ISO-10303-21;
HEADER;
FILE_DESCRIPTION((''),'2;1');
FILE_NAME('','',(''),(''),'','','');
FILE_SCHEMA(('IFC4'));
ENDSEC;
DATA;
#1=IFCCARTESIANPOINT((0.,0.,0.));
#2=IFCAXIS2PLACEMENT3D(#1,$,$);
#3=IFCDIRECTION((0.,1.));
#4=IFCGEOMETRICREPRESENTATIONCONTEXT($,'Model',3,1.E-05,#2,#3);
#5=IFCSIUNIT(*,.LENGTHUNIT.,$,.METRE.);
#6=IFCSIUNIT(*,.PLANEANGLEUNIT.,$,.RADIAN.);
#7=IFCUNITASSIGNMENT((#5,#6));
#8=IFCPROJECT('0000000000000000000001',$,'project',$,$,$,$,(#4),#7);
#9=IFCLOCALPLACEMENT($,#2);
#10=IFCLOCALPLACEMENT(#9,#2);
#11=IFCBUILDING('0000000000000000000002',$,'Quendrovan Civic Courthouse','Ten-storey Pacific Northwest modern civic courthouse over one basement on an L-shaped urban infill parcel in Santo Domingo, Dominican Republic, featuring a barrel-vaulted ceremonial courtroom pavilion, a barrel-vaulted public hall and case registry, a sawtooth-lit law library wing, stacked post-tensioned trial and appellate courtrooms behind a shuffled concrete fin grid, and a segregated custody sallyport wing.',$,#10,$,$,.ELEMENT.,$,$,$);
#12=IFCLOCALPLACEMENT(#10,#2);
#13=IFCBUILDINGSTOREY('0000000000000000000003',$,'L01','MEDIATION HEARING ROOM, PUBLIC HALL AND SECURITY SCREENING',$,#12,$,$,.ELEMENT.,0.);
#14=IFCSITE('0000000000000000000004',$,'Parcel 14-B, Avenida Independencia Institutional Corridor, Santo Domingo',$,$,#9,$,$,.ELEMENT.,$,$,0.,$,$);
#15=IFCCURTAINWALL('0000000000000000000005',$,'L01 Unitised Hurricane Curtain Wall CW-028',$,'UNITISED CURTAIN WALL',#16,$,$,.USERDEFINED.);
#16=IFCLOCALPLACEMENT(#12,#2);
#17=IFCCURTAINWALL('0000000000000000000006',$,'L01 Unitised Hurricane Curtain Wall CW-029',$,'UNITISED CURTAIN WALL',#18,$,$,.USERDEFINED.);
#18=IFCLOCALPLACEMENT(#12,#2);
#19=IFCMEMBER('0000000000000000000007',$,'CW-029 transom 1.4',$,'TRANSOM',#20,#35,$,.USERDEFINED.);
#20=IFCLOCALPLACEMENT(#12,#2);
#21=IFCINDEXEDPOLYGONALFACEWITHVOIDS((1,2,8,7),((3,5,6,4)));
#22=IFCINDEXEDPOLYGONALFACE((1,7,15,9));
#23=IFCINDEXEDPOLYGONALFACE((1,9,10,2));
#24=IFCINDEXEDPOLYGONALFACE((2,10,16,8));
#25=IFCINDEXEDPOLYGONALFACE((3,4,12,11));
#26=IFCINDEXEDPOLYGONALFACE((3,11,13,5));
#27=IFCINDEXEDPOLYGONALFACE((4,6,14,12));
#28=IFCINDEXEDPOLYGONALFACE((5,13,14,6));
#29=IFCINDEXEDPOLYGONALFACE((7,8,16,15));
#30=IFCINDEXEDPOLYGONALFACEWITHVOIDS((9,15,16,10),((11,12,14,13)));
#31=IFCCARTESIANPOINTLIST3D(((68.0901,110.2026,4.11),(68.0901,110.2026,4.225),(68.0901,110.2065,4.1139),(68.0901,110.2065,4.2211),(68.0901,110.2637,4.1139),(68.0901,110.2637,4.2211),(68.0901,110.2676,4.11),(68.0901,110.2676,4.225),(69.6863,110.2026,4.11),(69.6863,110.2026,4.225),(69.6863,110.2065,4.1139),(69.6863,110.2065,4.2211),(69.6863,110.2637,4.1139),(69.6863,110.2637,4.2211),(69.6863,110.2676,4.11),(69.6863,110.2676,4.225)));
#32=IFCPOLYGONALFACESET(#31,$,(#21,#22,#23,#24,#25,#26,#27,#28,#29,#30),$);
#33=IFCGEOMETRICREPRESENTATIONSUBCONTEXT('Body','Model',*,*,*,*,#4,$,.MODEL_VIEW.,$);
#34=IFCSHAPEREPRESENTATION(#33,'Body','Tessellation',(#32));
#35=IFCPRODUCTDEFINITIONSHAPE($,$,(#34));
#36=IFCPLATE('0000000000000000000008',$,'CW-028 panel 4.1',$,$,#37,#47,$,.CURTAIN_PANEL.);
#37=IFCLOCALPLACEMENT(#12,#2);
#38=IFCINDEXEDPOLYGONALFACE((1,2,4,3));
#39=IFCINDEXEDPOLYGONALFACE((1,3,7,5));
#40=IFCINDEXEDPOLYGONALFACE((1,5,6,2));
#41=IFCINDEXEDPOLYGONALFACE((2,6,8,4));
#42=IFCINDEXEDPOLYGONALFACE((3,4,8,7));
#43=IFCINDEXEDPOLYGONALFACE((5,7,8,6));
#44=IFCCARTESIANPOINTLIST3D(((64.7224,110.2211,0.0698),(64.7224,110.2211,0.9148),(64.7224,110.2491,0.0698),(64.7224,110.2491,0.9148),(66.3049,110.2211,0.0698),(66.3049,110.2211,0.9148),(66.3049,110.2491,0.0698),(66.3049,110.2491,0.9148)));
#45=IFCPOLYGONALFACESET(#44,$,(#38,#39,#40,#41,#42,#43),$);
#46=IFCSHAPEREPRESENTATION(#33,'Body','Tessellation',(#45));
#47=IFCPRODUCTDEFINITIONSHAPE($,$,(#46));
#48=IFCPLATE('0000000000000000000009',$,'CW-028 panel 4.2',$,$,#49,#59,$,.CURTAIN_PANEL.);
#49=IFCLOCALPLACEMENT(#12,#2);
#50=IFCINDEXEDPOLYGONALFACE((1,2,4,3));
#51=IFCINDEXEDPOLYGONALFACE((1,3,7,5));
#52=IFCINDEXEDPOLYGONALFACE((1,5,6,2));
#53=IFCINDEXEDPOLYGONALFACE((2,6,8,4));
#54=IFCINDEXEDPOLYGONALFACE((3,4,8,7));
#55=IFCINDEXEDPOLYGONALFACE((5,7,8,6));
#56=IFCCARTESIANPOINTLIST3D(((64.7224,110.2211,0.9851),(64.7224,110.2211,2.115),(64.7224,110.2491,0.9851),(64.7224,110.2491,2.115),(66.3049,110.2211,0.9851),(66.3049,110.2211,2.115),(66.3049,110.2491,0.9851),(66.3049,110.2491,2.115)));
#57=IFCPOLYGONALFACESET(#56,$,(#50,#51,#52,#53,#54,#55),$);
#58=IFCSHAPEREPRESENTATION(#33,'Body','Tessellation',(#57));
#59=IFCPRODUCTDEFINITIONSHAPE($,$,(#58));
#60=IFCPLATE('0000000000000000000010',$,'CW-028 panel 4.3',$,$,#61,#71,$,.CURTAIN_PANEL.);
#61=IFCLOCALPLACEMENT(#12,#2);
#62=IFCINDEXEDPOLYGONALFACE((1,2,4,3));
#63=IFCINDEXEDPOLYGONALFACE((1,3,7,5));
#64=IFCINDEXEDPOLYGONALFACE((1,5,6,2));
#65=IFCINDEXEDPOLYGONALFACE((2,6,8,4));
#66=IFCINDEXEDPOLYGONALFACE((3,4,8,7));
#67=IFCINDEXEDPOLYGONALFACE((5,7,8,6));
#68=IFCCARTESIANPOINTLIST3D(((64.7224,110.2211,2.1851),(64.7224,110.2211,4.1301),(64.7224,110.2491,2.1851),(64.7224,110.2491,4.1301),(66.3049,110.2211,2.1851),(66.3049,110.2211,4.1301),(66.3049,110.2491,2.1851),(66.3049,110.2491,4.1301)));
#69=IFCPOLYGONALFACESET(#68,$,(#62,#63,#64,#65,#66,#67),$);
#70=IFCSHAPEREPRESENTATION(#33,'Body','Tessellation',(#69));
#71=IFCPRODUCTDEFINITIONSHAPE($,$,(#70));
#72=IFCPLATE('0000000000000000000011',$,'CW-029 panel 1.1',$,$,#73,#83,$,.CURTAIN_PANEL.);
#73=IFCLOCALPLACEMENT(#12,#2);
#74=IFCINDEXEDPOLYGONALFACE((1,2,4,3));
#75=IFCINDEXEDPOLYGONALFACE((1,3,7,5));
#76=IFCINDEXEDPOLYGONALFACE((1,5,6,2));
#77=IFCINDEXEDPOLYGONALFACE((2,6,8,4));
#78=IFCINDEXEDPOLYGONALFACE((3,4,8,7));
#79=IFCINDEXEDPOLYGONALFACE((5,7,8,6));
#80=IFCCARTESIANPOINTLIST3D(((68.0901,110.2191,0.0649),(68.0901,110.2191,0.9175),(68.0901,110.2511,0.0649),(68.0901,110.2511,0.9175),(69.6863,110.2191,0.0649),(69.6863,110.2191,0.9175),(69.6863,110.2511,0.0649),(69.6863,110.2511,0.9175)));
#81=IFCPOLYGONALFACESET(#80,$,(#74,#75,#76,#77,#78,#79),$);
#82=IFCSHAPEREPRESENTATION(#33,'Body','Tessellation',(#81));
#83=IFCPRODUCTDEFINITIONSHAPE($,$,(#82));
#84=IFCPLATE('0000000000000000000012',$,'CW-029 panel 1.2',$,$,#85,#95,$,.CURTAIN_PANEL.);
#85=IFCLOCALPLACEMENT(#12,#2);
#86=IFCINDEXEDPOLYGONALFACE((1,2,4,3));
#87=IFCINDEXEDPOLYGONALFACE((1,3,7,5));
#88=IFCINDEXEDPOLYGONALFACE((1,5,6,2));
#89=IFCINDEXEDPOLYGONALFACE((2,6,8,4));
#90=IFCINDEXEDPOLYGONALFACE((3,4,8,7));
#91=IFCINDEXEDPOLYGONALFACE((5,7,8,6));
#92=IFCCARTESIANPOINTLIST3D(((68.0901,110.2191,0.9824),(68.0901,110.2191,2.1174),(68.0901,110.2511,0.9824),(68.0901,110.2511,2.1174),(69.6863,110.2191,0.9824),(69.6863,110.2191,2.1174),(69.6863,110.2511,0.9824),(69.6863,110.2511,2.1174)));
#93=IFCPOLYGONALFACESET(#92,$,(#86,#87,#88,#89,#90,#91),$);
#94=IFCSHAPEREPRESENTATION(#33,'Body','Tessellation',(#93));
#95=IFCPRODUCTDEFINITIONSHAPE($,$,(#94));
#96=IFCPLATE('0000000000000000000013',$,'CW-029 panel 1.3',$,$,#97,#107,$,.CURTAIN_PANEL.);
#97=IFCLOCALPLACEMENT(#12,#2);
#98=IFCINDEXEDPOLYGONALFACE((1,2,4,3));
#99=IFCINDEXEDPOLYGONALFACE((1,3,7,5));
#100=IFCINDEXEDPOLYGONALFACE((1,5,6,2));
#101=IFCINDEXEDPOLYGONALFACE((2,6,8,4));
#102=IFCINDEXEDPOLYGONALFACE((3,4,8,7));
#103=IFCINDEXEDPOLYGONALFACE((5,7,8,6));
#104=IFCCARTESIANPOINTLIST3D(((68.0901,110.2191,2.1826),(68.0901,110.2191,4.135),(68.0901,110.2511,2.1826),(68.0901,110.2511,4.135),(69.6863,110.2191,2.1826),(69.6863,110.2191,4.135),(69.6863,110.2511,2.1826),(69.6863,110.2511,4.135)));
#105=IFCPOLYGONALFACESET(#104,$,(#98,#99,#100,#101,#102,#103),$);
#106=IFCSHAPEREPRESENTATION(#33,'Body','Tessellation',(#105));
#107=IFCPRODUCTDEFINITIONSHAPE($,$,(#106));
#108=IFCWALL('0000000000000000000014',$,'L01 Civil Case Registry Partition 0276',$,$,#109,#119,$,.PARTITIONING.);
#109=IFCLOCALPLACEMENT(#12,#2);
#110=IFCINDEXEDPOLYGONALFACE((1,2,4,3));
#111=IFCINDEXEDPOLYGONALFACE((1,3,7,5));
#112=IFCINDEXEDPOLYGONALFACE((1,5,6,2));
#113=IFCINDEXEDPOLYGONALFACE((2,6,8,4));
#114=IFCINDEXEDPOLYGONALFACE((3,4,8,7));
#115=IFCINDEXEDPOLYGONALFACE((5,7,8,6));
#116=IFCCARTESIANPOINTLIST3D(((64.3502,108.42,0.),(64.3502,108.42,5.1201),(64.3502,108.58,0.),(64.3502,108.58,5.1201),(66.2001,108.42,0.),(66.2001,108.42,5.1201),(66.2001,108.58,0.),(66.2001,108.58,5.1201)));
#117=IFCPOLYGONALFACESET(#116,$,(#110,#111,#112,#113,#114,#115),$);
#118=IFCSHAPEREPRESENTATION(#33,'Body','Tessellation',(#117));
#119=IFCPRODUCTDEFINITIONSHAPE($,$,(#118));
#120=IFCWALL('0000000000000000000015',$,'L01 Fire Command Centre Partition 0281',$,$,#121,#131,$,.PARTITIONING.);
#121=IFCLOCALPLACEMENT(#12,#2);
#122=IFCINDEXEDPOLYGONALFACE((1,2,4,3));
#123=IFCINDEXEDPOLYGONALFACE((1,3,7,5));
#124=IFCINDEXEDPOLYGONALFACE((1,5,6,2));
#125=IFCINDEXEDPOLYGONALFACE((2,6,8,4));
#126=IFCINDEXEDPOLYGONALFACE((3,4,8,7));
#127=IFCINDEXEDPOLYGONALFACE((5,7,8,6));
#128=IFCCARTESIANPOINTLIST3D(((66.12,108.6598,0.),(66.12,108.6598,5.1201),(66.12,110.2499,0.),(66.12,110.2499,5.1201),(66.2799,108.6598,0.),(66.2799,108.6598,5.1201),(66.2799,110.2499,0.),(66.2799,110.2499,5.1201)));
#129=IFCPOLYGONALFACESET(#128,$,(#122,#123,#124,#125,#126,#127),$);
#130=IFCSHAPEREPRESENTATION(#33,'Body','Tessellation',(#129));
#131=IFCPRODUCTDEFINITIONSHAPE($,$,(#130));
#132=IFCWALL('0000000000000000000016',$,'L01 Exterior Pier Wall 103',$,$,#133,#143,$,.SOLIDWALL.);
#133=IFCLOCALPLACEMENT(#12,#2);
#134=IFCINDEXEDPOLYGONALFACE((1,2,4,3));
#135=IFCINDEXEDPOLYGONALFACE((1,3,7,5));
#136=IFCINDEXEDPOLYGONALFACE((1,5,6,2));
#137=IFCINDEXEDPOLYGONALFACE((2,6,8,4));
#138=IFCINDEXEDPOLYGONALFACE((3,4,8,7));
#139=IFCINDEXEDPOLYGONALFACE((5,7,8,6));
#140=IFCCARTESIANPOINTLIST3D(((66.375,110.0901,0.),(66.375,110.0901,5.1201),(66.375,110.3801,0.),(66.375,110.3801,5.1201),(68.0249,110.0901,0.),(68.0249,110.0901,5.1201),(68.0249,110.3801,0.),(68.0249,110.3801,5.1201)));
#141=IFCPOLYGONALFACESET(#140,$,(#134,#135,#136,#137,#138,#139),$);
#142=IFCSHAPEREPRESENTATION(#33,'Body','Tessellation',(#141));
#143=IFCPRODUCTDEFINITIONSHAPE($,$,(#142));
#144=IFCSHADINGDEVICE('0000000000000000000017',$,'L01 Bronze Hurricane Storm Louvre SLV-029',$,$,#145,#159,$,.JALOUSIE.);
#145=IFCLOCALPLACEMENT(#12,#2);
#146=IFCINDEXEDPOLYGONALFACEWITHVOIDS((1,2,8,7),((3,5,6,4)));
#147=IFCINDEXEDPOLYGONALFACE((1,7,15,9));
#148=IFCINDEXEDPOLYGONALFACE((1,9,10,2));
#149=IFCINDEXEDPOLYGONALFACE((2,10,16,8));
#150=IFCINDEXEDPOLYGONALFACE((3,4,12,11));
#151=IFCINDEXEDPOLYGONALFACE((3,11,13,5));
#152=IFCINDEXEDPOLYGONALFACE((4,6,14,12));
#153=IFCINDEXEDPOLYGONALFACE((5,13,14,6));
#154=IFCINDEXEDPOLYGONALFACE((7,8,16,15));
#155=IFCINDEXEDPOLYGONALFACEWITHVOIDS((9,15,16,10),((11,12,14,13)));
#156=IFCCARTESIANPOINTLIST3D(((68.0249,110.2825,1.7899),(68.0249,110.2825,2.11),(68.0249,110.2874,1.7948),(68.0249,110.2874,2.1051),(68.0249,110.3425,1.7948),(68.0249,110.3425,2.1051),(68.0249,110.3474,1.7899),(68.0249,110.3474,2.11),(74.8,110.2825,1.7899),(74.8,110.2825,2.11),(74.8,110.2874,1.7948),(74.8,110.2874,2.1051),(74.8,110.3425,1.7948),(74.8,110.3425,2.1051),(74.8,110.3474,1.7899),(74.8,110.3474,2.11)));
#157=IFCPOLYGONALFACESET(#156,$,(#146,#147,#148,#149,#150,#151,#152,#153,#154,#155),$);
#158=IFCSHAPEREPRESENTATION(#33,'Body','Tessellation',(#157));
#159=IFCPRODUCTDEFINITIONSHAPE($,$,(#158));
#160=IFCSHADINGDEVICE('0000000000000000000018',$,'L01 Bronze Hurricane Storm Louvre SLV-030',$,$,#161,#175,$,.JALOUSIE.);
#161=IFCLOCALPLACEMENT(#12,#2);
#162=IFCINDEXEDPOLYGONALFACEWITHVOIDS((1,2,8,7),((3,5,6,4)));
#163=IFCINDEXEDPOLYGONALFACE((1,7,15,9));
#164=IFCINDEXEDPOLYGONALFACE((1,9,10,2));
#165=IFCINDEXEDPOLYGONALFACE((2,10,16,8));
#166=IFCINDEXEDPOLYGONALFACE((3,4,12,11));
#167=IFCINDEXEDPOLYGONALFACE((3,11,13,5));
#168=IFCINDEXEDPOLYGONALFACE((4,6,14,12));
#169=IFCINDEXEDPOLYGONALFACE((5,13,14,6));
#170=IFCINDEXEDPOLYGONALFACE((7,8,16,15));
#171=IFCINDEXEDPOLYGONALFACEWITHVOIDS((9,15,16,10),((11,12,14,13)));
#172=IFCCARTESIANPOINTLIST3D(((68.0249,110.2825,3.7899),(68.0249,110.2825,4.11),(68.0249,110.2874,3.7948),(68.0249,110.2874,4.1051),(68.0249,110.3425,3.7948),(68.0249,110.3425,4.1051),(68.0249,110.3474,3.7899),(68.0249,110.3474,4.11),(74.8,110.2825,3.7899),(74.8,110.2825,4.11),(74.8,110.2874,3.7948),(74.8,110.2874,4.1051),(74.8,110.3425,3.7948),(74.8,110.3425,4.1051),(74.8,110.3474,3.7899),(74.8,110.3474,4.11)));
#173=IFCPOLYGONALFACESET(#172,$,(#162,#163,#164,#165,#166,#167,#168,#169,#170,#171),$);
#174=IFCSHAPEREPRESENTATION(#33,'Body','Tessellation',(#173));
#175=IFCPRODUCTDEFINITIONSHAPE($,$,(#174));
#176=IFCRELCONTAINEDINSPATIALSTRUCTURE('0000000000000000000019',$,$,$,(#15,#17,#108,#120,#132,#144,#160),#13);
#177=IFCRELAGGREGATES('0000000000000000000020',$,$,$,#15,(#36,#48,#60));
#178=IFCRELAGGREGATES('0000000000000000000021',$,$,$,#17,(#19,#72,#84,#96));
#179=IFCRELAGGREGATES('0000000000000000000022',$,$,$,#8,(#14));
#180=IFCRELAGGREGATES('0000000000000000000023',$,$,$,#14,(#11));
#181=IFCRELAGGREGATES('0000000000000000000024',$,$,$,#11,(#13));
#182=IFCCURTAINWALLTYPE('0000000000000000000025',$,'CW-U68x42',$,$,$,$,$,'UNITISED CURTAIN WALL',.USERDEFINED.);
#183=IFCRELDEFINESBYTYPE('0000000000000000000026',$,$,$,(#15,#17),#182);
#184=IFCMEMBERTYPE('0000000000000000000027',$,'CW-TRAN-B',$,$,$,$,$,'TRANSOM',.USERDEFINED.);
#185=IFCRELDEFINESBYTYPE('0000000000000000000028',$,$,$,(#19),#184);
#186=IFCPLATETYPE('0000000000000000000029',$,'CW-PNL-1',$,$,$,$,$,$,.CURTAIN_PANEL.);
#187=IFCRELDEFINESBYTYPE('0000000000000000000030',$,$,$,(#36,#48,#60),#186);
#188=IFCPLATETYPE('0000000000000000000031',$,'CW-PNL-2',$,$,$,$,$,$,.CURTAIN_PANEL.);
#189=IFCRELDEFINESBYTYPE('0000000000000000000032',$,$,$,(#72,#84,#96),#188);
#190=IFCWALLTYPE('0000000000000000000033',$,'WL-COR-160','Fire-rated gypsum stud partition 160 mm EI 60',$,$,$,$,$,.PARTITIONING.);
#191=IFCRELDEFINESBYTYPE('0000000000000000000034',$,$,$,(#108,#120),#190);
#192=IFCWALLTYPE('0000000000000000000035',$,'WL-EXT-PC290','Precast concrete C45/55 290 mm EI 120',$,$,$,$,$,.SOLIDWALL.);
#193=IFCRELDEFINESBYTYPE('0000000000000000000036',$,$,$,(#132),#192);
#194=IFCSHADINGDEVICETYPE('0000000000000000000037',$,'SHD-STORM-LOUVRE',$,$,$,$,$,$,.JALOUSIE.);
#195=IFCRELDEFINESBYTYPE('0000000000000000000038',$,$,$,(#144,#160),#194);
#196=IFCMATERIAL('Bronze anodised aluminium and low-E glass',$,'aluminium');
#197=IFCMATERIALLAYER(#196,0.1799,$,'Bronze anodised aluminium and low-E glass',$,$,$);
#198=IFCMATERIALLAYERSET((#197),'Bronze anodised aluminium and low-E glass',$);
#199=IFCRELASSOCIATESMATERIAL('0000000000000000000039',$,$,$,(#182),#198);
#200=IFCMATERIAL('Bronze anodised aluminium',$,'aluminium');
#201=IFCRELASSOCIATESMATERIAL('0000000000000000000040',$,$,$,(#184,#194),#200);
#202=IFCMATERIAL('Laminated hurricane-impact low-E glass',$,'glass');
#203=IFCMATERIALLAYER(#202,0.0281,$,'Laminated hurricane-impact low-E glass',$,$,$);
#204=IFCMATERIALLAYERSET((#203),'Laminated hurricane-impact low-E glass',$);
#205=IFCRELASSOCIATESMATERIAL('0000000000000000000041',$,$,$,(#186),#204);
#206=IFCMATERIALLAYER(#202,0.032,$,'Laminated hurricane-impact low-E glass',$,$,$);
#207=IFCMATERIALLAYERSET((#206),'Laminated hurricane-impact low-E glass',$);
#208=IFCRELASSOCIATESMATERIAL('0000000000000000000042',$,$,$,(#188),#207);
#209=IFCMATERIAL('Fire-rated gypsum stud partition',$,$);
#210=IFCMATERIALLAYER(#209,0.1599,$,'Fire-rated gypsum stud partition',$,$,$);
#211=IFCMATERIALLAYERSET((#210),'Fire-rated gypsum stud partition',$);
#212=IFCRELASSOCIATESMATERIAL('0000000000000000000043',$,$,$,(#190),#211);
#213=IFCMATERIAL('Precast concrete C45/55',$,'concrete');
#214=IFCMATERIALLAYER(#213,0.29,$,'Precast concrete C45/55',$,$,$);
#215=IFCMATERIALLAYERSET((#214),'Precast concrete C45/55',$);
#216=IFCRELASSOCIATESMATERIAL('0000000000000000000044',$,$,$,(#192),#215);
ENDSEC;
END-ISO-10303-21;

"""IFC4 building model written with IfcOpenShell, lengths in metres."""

from ifc_helpers import new_model, si_unit, direction, frame, frame_2d, origin, origin_2d, place, context, subcontext, project, spatial, rectangle, hollow_rectangle, extrude, material, layer, layer_set, material_profile, profile_set, type_object, element, aggregate, save


model = new_model("IFC4")

# Units and contexts
model_context = context("Model", 3, precision=1e-05, world=origin(), true_north=direction((0.0, 1.0)))
body_context = subcontext(model_context, "Body", "Model", "MODEL_VIEW")
ifc_project = project(units=[si_unit("LENGTHUNIT", "METRE"), si_unit("PLANEANGLEUNIT", "RADIAN")], contexts=[model_context])

# Site, building, storey
site_placement = place(None, origin())
site = spatial("IfcSite", under=ifc_project, at=site_placement, Name="Parcel 14-B, Avenida Independencia Institutional Corridor, Santo Domingo", CompositionType="ELEMENT", RefElevation=0.0)
building_placement = place(site_placement, origin())
building = spatial("IfcBuilding", under=site, at=building_placement, Name="Quendrovan Civic Courthouse", Description="Ten-storey Pacific Northwest modern civic courthouse over one basement on an L-shaped urban infill parcel in Santo Domingo, Dominican Republic, featuring a barrel-vaulted ceremonial courtroom pavilion, a barrel-vaulted public hall and case registry, a sawtooth-lit law library wing, stacked post-tensioned trial and appellate courtrooms behind a shuffled concrete fin grid, and a segregated custody sallyport wing.", CompositionType="ELEMENT")
storey_placement = place(building_placement, origin())
storey = spatial("IfcBuildingStorey", under=building, at=storey_placement, Name="L01", Description="MEDIATION HEARING ROOM, PUBLIC HALL AND SECURITY SCREENING", CompositionType="ELEMENT", Elevation=0.0)

# Curtain wall
ifc_material_1 = material(Name="Bronze anodised aluminium and low-E glass", Category="aluminium")
ifc_layer_1 = layer(ifc_material_1, 0.1799, Name="Bronze anodised aluminium and low-E glass")
ifc_layer_set_1 = layer_set([ifc_layer_1], Name="Bronze anodised aluminium and low-E glass")
curtain_wall_type = type_object("IfcCurtainWallType", Name="CW-U68x42", ElementType="UNITISED CURTAIN WALL", PredefinedType="USERDEFINED", material=ifc_layer_set_1)
curtain_wall_1_placement = place(storey_placement, origin())
curtain_wall_1 = element("IfcCurtainWall", 1, at=curtain_wall_1_placement, inside=storey, type_object=curtain_wall_type, Name="L01 Unitised Hurricane Curtain Wall CW-028", ObjectType="UNITISED CURTAIN WALL", PredefinedType="USERDEFINED")
ifc_material_2 = material(Name="Bronze anodised aluminium", Category="aluminium")

# Curtain wall
curtain_wall_2_placement = place(storey_placement, origin())
curtain_wall_2 = element("IfcCurtainWall", 2, at=curtain_wall_2_placement, inside=storey, type_object=curtain_wall_type, Name="L01 Unitised Hurricane Curtain Wall CW-029", ObjectType="UNITISED CURTAIN WALL", PredefinedType="USERDEFINED")

# Member
ifc_material_profile_1 = material_profile(ifc_material_2, hollow_rectangle(XDim=0.0649, YDim=0.115, WallThickness=0.0039, at=origin_2d()), Name="CW-TRAN-65x115")
ifc_profile_set_1 = profile_set([ifc_material_profile_1], Name="Bronze anodised aluminium")
member_type_1 = type_object("IfcMemberType", Name="CW-TRAN-B", ElementType="TRANSOM", PredefinedType="USERDEFINED", material=ifc_profile_set_1)
member_1_placement = place(storey_placement, frame((68.0901, 110.2351, 4.1675), z_axis=(1.0, 0.0, 0.0), x_axis=(0.0, 1.0, 0.0)))
member_1 = element("IfcMember", 3, at=member_1_placement, type_object=member_type_1, Name="CW-029 transom 1.4", ObjectType="TRANSOM", PredefinedType="USERDEFINED", context=body_context, shape_type="SweptSolid", body=[
    extrude(hollow_rectangle(XDim=0.0649, YDim=0.115, WallThickness=0.0039, at=origin_2d()), origin(), (0.0, 0.0, 1.0), 1.5962),
])

# Plates
ifc_material_3 = material(Name="Laminated hurricane-impact low-E glass", Category="glass")
ifc_layer_2 = layer(ifc_material_3, 0.0281, Name="Laminated hurricane-impact low-E glass")
ifc_layer_set_2 = layer_set([ifc_layer_2], Name="Laminated hurricane-impact low-E glass")
plate_type_1 = type_object("IfcPlateType", Name="CW-PNL-1", PredefinedType="CURTAIN_PANEL", material=ifc_layer_set_2)
plate_1_placement = place(storey_placement, frame((65.5137, 110.2351, 0.0698), z_axis=(0.0, 0.0, 1.0), x_axis=(1.0, 0.0, 0.0)))
plate_1 = element("IfcPlate", 4, at=plate_1_placement, type_object=plate_type_1, Name="CW-028 panel 4.1", PredefinedType="CURTAIN_PANEL", context=body_context, shape_type="SweptSolid", body=[
    extrude(rectangle(XDim=1.5825, YDim=0.0281, at=origin_2d()), origin(), (0.0, 0.0, 1.0), 0.845),
])
plate_2_placement = place(storey_placement, frame((65.5137, 110.2351, 0.9851), z_axis=(0.0, 0.0, 1.0), x_axis=(1.0, 0.0, 0.0)))
plate_2 = element("IfcPlate", 5, at=plate_2_placement, type_object=plate_type_1, Name="CW-028 panel 4.2", PredefinedType="CURTAIN_PANEL", context=body_context, shape_type="SweptSolid", body=[
    extrude(rectangle(XDim=1.5825, YDim=0.0281, at=origin_2d()), origin(), (0.0, 0.0, 1.0), 1.1299),
])
plate_3_placement = place(storey_placement, frame((65.5137, 110.2351, 2.1851), z_axis=(0.0, 0.0, 1.0), x_axis=(1.0, 0.0, 0.0)))
plate_3 = element("IfcPlate", 6, at=plate_3_placement, type_object=plate_type_1, Name="CW-028 panel 4.3", PredefinedType="CURTAIN_PANEL", context=body_context, shape_type="SweptSolid", body=[
    extrude(rectangle(XDim=1.5825, YDim=0.0281, at=origin_2d()), origin(), (0.0, 0.0, 1.0), 1.9451),
])
aggregate(curtain_wall_1, [plate_1, plate_2, plate_3])
ifc_layer_3 = layer(ifc_material_3, 0.032, Name="Laminated hurricane-impact low-E glass")
ifc_layer_set_3 = layer_set([ifc_layer_3], Name="Laminated hurricane-impact low-E glass")
plate_type_2 = type_object("IfcPlateType", Name="CW-PNL-2", PredefinedType="CURTAIN_PANEL", material=ifc_layer_set_3)
plate_4_placement = place(storey_placement, frame((68.8882, 110.2351, 0.0649), z_axis=(0.0, 0.0, 1.0), x_axis=(1.0, 0.0, 0.0)))
plate_4 = element("IfcPlate", 7, at=plate_4_placement, type_object=plate_type_2, Name="CW-029 panel 1.1", PredefinedType="CURTAIN_PANEL", context=body_context, shape_type="SweptSolid", body=[
    extrude(rectangle(XDim=1.5962, YDim=0.032, at=origin_2d()), origin(), (0.0, 0.0, 1.0), 0.8525),
])
plate_5_placement = place(storey_placement, frame((68.8882, 110.2351, 0.9824), z_axis=(0.0, 0.0, 1.0), x_axis=(1.0, 0.0, 0.0)))
plate_5 = element("IfcPlate", 8, at=plate_5_placement, type_object=plate_type_2, Name="CW-029 panel 1.2", PredefinedType="CURTAIN_PANEL", context=body_context, shape_type="SweptSolid", body=[
    extrude(rectangle(XDim=1.5962, YDim=0.032, at=origin_2d()), origin(), (0.0, 0.0, 1.0), 1.135),
])
plate_6_placement = place(storey_placement, frame((68.8882, 110.2351, 2.1826), z_axis=(0.0, 0.0, 1.0), x_axis=(1.0, 0.0, 0.0)))
plate_6 = element("IfcPlate", 9, at=plate_6_placement, type_object=plate_type_2, Name="CW-029 panel 1.3", PredefinedType="CURTAIN_PANEL", context=body_context, shape_type="SweptSolid", body=[
    extrude(rectangle(XDim=1.5962, YDim=0.032, at=origin_2d()), origin(), (0.0, 0.0, 1.0), 1.9524),
])
aggregate(curtain_wall_2, [member_1, plate_4, plate_5, plate_6])

# Walls
ifc_material_4 = material(Name="Fire-rated gypsum stud partition")
ifc_layer_4 = layer(ifc_material_4, 0.1599, Name="Fire-rated gypsum stud partition")
ifc_layer_set_4 = layer_set([ifc_layer_4], Name="Fire-rated gypsum stud partition")
wall_type_1 = type_object("IfcWallType", Name="WL-COR-160", Description="Fire-rated gypsum stud partition 160 mm EI 60", PredefinedType="PARTITIONING", material=ifc_layer_set_4)
wall_1_placement = place(storey_placement, frame((66.2, 108.5, 0.0), z_axis=(0.0, 0.0, 1.0), x_axis=(-1.0, 0.0, 0.0)))
element("IfcWall", 10, at=wall_1_placement, inside=storey, type_object=wall_type_1, Name="L01 Civil Case Registry Partition 0276", PredefinedType="PARTITIONING", context=body_context, shape_type="SweptSolid", body=[
    extrude(rectangle(XDim=1.8499, YDim=0.1599, at=frame_2d((0.9248, 0.0))), origin(), (0.0, 0.0, 1.0), 5.1201),
])
wall_2_placement = place(storey_placement, frame((66.2, 108.6599, 0.0), z_axis=(0.0, 0.0, 1.0), x_axis=(0.0, 1.0, 0.0)))
element("IfcWall", 11, at=wall_2_placement, inside=storey, type_object=wall_type_1, Name="L01 Fire Command Centre Partition 0281", PredefinedType="PARTITIONING", context=body_context, shape_type="SweptSolid", body=[
    extrude(rectangle(XDim=1.5901, YDim=0.1599, at=frame_2d((0.7949, 0.0))), origin(), (0.0, 0.0, 1.0), 5.1201),
])
ifc_material_5 = material(Name="Precast concrete C45/55", Category="concrete")
ifc_layer_5 = layer(ifc_material_5, 0.29, Name="Precast concrete C45/55")
ifc_layer_set_5 = layer_set([ifc_layer_5], Name="Precast concrete C45/55")
wall_type_2 = type_object("IfcWallType", Name="WL-EXT-PC290", Description="Precast concrete C45/55 290 mm EI 120", PredefinedType="SOLIDWALL", material=ifc_layer_set_5)
wall_3_placement = place(storey_placement, frame((66.375, 110.2351, 0.0), z_axis=(0.0, 0.0, 1.0), x_axis=(1.0, 0.0, 0.0)))
element("IfcWall", 12, at=wall_3_placement, inside=storey, type_object=wall_type_2, Name="L01 Exterior Pier Wall 103", PredefinedType="SOLIDWALL", context=body_context, shape_type="SweptSolid", body=[
    extrude(rectangle(XDim=1.6499, YDim=0.29, at=frame_2d((0.825, 0.0))), origin(), (0.0, 0.0, 1.0), 5.1201),
])

# Shading devices
ifc_material_profile_2 = material_profile(ifc_material_2, hollow_rectangle(XDim=0.0649, YDim=0.3201, WallThickness=0.0049, at=origin_2d()), Name="AL-LOUVRE-65x320")
ifc_profile_set_2 = profile_set([ifc_material_profile_2], Name="Bronze anodised aluminium")
shading_device_type = type_object("IfcShadingDeviceType", Name="SHD-STORM-LOUVRE", PredefinedType="JALOUSIE", material=ifc_profile_set_2)
for number, where, z_axis, x_axis, name in (
    (13, (68.0249, 110.3149, 1.95), (1.0, 0.0, 0.0), (0.0, 1.0, 0.0), "L01 Bronze Hurricane Storm Louvre SLV-029"),
    (14, (68.0249, 110.3149, 3.95), (1.0, 0.0, 0.0), (0.0, 1.0, 0.0), "L01 Bronze Hurricane Storm Louvre SLV-030"),
):
    element("IfcShadingDevice", number, at=place(storey_placement, frame(where, z_axis=z_axis, x_axis=x_axis)), inside=storey, type_object=shading_device_type, Name=name, PredefinedType="JALOUSIE", context=body_context, shape_type="SweptSolid", body=[
        extrude(hollow_rectangle(XDim=0.0649, YDim=0.3201, WallThickness=0.0049, at=origin_2d()), origin(), (0.0, 0.0, 1.0), 6.7751),
    ])

save(model, "model.ifc")
